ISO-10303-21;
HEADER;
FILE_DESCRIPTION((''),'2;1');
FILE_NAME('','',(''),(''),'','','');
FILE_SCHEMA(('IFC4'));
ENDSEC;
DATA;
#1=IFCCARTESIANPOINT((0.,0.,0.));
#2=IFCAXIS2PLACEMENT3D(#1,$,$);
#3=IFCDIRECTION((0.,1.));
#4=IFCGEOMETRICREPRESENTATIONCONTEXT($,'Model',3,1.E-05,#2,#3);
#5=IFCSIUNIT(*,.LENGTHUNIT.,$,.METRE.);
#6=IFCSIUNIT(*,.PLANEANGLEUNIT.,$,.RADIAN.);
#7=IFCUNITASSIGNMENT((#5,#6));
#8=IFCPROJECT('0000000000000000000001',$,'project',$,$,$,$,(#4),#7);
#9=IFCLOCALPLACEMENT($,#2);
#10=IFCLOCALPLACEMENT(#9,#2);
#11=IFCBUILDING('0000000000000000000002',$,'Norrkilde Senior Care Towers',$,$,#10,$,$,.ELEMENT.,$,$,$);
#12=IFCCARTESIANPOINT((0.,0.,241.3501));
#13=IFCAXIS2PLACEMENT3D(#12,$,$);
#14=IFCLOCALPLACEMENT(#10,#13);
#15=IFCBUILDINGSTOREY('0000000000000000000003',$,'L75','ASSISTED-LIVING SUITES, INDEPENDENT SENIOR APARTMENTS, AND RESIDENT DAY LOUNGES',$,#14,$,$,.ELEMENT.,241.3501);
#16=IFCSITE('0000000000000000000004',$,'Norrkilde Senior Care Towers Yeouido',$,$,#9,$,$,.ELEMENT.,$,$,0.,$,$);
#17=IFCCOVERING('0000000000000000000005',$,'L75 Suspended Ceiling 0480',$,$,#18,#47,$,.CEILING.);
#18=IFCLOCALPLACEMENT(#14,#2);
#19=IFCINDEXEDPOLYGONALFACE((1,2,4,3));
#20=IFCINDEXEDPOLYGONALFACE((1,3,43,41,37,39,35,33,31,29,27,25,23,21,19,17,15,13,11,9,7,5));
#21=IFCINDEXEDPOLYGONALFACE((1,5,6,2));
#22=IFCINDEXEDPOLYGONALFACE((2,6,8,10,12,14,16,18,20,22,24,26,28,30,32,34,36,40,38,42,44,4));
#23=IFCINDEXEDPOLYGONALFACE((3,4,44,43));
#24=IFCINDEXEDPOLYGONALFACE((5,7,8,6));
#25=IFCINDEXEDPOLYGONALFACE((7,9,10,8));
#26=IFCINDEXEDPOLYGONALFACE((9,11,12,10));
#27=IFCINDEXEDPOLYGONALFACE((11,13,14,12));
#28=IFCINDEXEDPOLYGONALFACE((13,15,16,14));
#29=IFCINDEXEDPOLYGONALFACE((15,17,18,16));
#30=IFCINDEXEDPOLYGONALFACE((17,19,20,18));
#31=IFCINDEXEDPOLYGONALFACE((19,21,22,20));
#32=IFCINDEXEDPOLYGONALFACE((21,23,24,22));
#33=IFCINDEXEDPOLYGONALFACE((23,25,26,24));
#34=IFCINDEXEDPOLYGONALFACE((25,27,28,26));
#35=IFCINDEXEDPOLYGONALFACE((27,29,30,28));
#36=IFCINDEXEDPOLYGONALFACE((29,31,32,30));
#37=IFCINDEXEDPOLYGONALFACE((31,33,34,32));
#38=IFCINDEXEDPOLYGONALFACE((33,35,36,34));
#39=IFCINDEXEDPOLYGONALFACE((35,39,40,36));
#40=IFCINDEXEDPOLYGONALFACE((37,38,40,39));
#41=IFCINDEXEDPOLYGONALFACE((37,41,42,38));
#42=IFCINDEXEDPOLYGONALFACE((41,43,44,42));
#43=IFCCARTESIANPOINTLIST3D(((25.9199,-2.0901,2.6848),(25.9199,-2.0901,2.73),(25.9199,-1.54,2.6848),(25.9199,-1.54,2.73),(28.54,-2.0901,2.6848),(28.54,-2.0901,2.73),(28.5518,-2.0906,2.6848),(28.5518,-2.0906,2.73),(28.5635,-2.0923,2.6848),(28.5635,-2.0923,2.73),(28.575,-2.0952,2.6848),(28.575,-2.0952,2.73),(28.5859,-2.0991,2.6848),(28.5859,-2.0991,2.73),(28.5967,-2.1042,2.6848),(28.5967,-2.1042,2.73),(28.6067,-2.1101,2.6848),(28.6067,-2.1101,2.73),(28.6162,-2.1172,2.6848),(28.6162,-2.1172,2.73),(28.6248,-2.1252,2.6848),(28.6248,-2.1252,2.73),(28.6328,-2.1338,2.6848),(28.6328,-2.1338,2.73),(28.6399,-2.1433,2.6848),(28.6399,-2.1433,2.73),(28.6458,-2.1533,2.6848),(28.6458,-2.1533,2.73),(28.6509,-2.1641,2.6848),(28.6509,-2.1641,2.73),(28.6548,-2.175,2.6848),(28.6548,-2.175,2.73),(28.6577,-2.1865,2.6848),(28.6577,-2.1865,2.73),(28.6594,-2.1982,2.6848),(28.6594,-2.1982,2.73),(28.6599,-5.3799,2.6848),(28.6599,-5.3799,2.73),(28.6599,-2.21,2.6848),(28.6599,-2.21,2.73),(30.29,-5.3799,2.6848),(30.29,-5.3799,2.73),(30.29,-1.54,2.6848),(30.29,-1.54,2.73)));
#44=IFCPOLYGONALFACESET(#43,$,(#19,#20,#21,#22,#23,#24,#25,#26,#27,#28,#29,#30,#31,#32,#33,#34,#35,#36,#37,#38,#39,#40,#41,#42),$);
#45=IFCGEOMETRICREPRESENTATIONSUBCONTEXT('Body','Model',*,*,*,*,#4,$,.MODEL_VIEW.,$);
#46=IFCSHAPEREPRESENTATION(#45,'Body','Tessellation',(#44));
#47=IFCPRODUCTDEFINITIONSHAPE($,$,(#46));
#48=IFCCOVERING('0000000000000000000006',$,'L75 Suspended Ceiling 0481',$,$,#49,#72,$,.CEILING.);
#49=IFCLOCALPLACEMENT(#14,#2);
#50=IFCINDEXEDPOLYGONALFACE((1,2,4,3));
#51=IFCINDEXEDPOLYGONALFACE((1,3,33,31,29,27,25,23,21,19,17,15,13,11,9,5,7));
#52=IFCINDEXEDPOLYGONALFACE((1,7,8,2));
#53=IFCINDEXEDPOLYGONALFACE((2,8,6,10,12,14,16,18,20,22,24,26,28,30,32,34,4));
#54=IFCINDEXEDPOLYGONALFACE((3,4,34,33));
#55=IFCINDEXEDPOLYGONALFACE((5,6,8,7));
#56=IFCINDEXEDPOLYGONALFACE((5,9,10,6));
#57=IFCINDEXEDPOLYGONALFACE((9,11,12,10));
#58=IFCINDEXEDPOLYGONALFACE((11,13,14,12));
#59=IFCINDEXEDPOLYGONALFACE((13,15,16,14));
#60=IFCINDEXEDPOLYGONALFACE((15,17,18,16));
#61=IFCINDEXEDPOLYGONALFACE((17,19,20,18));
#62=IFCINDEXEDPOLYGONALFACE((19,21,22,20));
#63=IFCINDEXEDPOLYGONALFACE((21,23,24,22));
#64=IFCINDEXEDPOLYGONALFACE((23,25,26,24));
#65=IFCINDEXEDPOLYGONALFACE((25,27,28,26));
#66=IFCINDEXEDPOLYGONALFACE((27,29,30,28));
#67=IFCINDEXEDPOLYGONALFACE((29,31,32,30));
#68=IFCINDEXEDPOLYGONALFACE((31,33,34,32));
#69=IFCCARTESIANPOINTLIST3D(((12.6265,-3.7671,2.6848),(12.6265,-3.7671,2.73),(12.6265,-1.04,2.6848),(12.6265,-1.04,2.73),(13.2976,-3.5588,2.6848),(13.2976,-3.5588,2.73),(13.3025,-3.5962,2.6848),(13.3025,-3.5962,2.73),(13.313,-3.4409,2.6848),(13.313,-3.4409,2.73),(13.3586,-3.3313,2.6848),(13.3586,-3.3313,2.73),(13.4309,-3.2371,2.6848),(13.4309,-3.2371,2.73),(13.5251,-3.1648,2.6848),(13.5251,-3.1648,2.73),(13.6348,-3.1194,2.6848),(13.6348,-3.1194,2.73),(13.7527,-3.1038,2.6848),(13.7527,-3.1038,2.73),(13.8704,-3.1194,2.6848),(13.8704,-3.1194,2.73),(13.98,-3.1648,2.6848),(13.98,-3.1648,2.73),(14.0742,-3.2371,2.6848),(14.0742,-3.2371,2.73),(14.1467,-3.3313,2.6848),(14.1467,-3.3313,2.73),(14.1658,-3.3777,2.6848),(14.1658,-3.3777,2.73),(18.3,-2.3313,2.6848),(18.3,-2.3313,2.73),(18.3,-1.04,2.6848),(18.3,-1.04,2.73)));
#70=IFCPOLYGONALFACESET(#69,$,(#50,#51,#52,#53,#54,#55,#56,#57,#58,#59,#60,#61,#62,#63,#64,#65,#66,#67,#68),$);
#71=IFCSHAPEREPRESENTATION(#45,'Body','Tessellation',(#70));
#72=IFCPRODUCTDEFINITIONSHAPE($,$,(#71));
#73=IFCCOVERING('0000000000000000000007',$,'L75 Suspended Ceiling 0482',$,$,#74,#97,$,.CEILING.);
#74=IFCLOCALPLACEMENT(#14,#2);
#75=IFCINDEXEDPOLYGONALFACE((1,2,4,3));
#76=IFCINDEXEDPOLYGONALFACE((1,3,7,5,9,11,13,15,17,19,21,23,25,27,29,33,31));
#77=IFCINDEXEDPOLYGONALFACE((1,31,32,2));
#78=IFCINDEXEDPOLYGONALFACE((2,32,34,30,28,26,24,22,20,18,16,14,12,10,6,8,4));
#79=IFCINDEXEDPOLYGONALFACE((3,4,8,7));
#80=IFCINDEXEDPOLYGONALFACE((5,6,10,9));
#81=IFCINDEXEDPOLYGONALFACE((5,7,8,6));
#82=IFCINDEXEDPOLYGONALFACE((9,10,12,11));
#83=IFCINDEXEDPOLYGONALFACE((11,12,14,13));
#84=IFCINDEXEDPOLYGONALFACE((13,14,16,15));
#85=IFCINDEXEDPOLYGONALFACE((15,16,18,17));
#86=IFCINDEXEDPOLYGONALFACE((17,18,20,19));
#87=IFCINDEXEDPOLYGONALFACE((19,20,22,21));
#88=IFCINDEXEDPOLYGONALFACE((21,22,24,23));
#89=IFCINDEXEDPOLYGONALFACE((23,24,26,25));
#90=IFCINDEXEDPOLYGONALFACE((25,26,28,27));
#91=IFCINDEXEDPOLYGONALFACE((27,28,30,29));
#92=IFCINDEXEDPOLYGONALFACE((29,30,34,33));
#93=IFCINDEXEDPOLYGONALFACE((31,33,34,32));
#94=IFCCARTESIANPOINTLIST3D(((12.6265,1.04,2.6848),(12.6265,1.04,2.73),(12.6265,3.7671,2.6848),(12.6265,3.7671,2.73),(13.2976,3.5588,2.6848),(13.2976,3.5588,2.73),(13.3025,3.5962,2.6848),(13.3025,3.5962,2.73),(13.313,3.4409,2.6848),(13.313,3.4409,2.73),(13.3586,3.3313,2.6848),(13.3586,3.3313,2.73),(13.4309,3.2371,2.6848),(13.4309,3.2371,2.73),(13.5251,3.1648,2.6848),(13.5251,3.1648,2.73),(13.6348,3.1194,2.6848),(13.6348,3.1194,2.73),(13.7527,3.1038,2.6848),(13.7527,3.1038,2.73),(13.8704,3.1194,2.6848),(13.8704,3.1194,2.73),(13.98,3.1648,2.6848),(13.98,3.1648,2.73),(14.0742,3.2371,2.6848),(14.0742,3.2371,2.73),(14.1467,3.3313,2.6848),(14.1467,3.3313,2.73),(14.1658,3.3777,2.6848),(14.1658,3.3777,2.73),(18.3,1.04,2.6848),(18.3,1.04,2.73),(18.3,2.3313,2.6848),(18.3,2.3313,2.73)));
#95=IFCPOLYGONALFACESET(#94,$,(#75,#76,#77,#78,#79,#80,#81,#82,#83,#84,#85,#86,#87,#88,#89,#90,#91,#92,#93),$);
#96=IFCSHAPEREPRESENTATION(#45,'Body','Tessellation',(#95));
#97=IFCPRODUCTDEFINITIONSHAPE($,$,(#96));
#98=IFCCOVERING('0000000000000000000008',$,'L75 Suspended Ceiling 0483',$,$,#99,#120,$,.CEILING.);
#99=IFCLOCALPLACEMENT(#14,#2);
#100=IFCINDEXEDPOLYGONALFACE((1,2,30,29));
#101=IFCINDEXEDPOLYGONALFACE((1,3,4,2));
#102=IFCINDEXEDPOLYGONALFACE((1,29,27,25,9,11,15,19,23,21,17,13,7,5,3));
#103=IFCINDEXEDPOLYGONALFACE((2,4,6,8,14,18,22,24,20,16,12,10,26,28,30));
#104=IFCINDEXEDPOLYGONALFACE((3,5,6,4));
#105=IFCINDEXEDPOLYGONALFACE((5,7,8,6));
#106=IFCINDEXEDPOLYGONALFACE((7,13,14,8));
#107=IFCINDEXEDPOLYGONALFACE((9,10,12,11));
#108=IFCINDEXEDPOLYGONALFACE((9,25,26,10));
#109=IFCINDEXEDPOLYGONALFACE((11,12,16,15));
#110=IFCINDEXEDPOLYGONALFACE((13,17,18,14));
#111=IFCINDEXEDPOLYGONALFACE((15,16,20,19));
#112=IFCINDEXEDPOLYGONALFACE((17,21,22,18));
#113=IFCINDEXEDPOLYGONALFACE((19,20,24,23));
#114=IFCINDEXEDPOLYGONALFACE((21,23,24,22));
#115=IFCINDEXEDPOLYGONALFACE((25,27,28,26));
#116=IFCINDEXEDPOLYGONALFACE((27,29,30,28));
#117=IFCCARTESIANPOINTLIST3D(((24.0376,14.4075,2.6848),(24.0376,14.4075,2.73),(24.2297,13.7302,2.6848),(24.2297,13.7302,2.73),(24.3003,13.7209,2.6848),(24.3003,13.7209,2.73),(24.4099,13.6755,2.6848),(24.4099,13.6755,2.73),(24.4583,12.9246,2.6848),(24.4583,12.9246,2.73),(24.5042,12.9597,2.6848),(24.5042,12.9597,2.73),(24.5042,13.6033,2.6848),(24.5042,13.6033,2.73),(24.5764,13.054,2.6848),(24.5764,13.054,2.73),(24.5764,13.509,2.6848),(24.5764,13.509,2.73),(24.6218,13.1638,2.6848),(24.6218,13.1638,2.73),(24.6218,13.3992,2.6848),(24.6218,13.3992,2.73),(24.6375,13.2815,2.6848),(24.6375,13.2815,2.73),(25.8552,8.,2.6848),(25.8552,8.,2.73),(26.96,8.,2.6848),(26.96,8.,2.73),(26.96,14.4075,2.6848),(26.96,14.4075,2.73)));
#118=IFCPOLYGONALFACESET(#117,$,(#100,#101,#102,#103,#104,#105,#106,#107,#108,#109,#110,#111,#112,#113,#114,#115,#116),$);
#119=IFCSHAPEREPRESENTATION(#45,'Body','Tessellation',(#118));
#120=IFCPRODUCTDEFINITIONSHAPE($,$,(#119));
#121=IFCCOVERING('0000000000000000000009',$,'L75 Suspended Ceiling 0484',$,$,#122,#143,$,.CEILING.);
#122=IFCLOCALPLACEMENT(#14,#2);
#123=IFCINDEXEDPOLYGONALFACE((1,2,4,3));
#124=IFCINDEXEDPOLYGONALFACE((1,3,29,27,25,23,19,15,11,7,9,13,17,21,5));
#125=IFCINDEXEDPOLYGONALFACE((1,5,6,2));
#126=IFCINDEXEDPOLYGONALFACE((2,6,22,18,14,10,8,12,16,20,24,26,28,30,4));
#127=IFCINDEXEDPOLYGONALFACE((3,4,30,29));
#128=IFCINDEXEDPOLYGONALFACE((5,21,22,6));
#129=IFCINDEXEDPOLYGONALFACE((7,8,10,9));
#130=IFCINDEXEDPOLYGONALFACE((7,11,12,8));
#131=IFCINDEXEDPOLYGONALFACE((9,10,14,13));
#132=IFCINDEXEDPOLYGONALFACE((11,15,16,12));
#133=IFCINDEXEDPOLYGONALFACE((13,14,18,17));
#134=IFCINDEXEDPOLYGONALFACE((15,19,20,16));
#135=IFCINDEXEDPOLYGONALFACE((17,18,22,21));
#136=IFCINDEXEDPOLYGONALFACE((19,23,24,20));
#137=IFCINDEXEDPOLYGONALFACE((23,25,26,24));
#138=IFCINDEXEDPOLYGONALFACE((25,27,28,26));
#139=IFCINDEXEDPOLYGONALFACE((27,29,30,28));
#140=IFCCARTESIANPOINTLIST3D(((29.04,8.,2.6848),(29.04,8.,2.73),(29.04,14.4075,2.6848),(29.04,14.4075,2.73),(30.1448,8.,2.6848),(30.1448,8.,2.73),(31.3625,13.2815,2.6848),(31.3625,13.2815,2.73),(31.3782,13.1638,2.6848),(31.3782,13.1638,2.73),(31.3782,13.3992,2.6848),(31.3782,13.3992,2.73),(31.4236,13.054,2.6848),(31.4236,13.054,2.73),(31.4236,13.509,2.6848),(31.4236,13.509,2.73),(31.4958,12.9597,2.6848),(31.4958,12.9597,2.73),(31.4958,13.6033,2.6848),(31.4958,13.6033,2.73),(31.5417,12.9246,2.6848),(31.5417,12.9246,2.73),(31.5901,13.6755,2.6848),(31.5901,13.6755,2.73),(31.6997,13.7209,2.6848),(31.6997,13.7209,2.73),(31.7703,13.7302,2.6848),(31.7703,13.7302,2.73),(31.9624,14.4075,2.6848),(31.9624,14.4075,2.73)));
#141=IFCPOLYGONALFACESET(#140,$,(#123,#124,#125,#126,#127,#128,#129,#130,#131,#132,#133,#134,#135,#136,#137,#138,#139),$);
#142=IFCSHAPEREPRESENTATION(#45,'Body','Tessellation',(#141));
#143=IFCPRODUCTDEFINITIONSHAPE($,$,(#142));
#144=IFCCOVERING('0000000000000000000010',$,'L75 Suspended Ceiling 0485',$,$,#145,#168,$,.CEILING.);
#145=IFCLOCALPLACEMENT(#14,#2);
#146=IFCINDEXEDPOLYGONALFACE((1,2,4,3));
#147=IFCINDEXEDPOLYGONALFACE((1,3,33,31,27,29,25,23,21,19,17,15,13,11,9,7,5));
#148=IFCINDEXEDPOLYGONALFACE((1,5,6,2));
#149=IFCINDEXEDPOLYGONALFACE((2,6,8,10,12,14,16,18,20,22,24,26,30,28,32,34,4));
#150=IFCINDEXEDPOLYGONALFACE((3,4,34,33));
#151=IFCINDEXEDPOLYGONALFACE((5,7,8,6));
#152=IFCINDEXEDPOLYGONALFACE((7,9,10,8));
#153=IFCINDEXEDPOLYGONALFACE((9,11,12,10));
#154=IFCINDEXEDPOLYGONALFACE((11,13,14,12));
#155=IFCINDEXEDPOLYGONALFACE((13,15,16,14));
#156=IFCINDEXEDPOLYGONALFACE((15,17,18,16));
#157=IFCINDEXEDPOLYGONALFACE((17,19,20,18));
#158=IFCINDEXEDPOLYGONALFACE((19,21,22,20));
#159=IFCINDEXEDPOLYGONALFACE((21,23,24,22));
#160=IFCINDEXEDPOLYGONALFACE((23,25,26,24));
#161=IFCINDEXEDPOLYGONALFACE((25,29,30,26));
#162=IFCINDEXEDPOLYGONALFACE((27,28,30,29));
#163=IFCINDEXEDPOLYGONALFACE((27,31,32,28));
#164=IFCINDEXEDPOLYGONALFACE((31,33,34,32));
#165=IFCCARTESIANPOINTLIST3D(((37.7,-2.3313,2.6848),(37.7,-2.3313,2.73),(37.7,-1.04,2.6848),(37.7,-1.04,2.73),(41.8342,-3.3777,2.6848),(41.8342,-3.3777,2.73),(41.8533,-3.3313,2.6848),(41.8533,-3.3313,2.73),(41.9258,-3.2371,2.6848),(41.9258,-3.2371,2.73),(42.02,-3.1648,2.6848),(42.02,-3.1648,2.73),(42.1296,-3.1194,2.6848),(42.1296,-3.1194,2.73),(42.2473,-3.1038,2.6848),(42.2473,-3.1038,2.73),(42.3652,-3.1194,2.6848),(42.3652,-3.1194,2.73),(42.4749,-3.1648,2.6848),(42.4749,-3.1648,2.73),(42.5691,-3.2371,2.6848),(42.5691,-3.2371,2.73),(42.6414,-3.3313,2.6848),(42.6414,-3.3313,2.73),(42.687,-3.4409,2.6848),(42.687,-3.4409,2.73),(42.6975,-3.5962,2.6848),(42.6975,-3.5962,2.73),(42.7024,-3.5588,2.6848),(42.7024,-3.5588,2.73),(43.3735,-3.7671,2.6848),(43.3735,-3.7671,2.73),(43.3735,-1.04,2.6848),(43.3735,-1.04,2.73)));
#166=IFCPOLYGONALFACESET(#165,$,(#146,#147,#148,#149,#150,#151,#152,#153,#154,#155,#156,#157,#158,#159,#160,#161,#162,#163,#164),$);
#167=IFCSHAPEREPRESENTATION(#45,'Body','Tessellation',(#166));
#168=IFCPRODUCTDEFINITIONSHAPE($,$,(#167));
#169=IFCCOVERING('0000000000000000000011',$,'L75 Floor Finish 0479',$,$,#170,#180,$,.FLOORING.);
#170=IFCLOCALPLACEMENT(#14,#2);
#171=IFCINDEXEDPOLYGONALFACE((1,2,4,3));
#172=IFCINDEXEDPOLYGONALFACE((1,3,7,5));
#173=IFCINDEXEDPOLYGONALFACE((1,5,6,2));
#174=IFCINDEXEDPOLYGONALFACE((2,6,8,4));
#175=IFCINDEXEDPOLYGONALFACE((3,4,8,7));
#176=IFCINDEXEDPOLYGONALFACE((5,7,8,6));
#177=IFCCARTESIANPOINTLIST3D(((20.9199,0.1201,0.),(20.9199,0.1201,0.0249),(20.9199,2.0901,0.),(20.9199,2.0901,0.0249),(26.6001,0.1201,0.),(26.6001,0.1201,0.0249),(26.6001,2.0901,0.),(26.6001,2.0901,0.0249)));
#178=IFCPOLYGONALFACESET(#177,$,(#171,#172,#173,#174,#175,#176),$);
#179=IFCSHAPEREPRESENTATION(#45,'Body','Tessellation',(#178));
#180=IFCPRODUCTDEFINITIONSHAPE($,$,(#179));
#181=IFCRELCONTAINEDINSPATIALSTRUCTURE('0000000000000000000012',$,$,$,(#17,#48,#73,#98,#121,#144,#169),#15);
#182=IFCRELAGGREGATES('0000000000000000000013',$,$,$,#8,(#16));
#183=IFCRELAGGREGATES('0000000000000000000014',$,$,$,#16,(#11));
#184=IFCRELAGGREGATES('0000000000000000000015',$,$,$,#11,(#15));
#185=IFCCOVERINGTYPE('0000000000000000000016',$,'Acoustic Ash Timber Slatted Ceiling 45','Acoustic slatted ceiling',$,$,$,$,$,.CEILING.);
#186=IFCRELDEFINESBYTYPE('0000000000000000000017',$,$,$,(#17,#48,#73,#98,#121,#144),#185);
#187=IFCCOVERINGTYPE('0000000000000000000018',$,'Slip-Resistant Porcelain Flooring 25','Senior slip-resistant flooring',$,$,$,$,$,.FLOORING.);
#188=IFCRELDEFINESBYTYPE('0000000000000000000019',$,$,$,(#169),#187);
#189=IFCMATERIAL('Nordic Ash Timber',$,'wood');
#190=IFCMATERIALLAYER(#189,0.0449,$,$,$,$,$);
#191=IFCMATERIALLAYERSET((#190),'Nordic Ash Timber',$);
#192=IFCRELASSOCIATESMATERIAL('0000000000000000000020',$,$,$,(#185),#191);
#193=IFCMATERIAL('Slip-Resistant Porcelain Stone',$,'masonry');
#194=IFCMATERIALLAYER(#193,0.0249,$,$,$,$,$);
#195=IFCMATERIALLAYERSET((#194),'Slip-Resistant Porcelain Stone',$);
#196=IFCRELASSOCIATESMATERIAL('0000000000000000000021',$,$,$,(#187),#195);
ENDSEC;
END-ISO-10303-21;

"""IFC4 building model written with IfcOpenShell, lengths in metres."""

from ifc_helpers import new_model, si_unit, direction, frame, origin, place, context, subcontext, project, spatial, polyline, outline, extrude, material, layer, layer_set, type_object, element, save


model = new_model("IFC4")

# Units and contexts
model_context = context("Model", 3, precision=1e-05, world=origin(), true_north=direction((0.0, 1.0)))
body_context = subcontext(model_context, "Body", "Model", "MODEL_VIEW")
ifc_project = project(units=[si_unit("LENGTHUNIT", "METRE"), si_unit("PLANEANGLEUNIT", "RADIAN")], contexts=[model_context])

# Site, building, storey
site_placement = place(None, origin())
site = spatial("IfcSite", under=ifc_project, at=site_placement, Name="Norrkilde Senior Care Towers Yeouido", CompositionType="ELEMENT", RefElevation=0.0)
building_placement = place(site_placement, origin())
building = spatial("IfcBuilding", under=site, at=building_placement, Name="Norrkilde Senior Care Towers", CompositionType="ELEMENT")
storey_placement = place(building_placement, frame((0.0, 0.0, 241.3501)))
storey = spatial("IfcBuildingStorey", under=building, at=storey_placement, Name="L75", Description="ASSISTED-LIVING SUITES, INDEPENDENT SENIOR APARTMENTS, AND RESIDENT DAY LOUNGES", CompositionType="ELEMENT", Elevation=241.3501)

# Coverings
ifc_material_1 = material(Name="Nordic Ash Timber", Category="wood")
ifc_layer_1 = layer(ifc_material_1, 0.0449)
ifc_layer_set_1 = layer_set([ifc_layer_1], Name="Nordic Ash Timber")
covering_type_1 = type_object("IfcCoveringType", Name="Acoustic Ash Timber Slatted Ceiling 45", Description="Acoustic slatted ceiling", PredefinedType="CEILING", material=ifc_layer_set_1)
covering_1_placement = place(storey_placement, frame((0.0, 0.0, 2.6848)))
element("IfcCovering", 1, at=covering_1_placement, inside=storey, type_object=covering_type_1, Name="L75 Suspended Ceiling 0480", PredefinedType="CEILING", context=body_context, shape_type="SweptSolid", body=[
    extrude(outline(polyline([(28.6548, -2.175), (28.6509, -2.1641), (28.6458, -2.1533), (28.6399, -2.1433), (28.6328, -2.1338), (28.6248, -2.1252), (28.6162, -2.1172), (28.6067, -2.1101), (28.5967, -2.1042), (28.5859, -2.0991), (28.575, -2.0952), (28.5635, -2.0923), (28.5518, -2.0906), (28.54, -2.0901), (25.9199, -2.0901), (25.9199, -1.54), (30.29, -1.54), (30.29, -5.3799), (28.6599, -5.3799), (28.6599, -2.21), (28.6594, -2.1982), (28.6577, -2.1865), (28.6548, -2.175)])), origin(), (0.0, 0.0, 1.0), 0.0452),
])
covering_2_placement = place(storey_placement, frame((0.0, 0.0, 2.6848)))
element("IfcCovering", 2, at=covering_2_placement, inside=storey, type_object=covering_type_1, Name="L75 Suspended Ceiling 0481", PredefinedType="CEILING", context=body_context, shape_type="SweptSolid", body=[
    extrude(outline(polyline([(18.3, -1.04), (18.3, -2.3313), (14.1658, -3.3777), (14.1467, -3.3313), (14.0742, -3.2371), (13.98, -3.1648), (13.8704, -3.1194), (13.7527, -3.1038), (13.6348, -3.1194), (13.5251, -3.1648), (13.4309, -3.2371), (13.3586, -3.3313), (13.313, -3.4409), (13.2976, -3.5588), (13.3025, -3.5962), (12.6265, -3.7671), (12.6265, -1.04), (18.3, -1.04)])), origin(), (0.0, 0.0, 1.0), 0.0452),
])
covering_3_placement = place(storey_placement, frame((0.0, 0.0, 2.6848)))
element("IfcCovering", 3, at=covering_3_placement, inside=storey, type_object=covering_type_1, Name="L75 Suspended Ceiling 0482", PredefinedType="CEILING", context=body_context, shape_type="SweptSolid", body=[
    extrude(outline(polyline([(18.3, 1.04), (12.6265, 1.04), (12.6265, 3.7671), (13.3025, 3.5962), (13.2976, 3.5588), (13.313, 3.4409), (13.3586, 3.3313), (13.4309, 3.2371), (13.5251, 3.1648), (13.6348, 3.1194), (13.7527, 3.1038), (13.8704, 3.1194), (13.98, 3.1648), (14.0742, 3.2371), (14.1467, 3.3313), (14.1658, 3.3777), (18.3, 2.3313), (18.3, 1.04)])), origin(), (0.0, 0.0, 1.0), 0.0452),
])
covering_4_placement = place(storey_placement, frame((0.0, 0.0, 2.6848)))
element("IfcCovering", 4, at=covering_4_placement, inside=storey, type_object=covering_type_1, Name="L75 Suspended Ceiling 0483", PredefinedType="CEILING", context=body_context, shape_type="SweptSolid", body=[
    extrude(outline(polyline([(26.96, 14.4075), (26.96, 8.0), (25.8552, 8.0), (24.4583, 12.9246), (24.5042, 12.9597), (24.5764, 13.054), (24.6218, 13.1638), (24.6375, 13.2815), (24.6218, 13.3992), (24.5764, 13.509), (24.5042, 13.6033), (24.4099, 13.6755), (24.3003, 13.7209), (24.2297, 13.7302), (24.0376, 14.4075), (26.96, 14.4075)])), origin(), (0.0, 0.0, 1.0), 0.0452),
])
covering_5_placement = place(storey_placement, frame((0.0, 0.0, 2.6848)))
element("IfcCovering", 5, at=covering_5_placement, inside=storey, type_object=covering_type_1, Name="L75 Suspended Ceiling 0484", PredefinedType="CEILING", context=body_context, shape_type="SweptSolid", body=[
    extrude(outline(polyline([(31.9624, 14.4075), (31.7703, 13.7302), (31.6997, 13.7209), (31.5901, 13.6755), (31.4958, 13.6033), (31.4236, 13.509), (31.3782, 13.3992), (31.3625, 13.2815), (31.3782, 13.1638), (31.4236, 13.054), (31.4958, 12.9597), (31.5417, 12.9246), (30.1448, 8.0), (29.04, 8.0), (29.04, 14.4075), (31.9624, 14.4075)])), origin(), (0.0, 0.0, 1.0), 0.0452),
])
covering_6_placement = place(storey_placement, frame((0.0, 0.0, 2.6848)))
element("IfcCovering", 6, at=covering_6_placement, inside=storey, type_object=covering_type_1, Name="L75 Suspended Ceiling 0485", PredefinedType="CEILING", context=body_context, shape_type="SweptSolid", body=[
    extrude(outline(polyline([(43.3735, -3.7671), (42.6975, -3.5962), (42.7024, -3.5588), (42.687, -3.4409), (42.6414, -3.3313), (42.5691, -3.2371), (42.4749, -3.1648), (42.3652, -3.1194), (42.2473, -3.1038), (42.1296, -3.1194), (42.02, -3.1648), (41.9258, -3.2371), (41.8533, -3.3313), (41.8342, -3.3777), (37.7, -2.3313), (37.7, -1.04), (43.3735, -1.04), (43.3735, -3.7671)])), origin(), (0.0, 0.0, 1.0), 0.0452),
])
ifc_material_2 = material(Name="Slip-Resistant Porcelain Stone", Category="masonry")
ifc_layer_2 = layer(ifc_material_2, 0.0249)
ifc_layer_set_2 = layer_set([ifc_layer_2], Name="Slip-Resistant Porcelain Stone")
covering_type_2 = type_object("IfcCoveringType", Name="Slip-Resistant Porcelain Flooring 25", Description="Senior slip-resistant flooring", PredefinedType="FLOORING", material=ifc_layer_set_2)
covering_7_placement = place(storey_placement, origin())
element("IfcCovering", 7, at=covering_7_placement, inside=storey, type_object=covering_type_2, Name="L75 Floor Finish 0479", PredefinedType="FLOORING", context=body_context, shape_type="SweptSolid", body=[
    extrude(outline(polyline([(20.9199, 0.1201), (20.9199, 2.0901), (26.6001, 2.0901), (26.6001, 0.1201), (20.9199, 0.1201)])), origin(), (0.0, 0.0, 1.0), 0.0249),
])

save(model, "model.ifc")
